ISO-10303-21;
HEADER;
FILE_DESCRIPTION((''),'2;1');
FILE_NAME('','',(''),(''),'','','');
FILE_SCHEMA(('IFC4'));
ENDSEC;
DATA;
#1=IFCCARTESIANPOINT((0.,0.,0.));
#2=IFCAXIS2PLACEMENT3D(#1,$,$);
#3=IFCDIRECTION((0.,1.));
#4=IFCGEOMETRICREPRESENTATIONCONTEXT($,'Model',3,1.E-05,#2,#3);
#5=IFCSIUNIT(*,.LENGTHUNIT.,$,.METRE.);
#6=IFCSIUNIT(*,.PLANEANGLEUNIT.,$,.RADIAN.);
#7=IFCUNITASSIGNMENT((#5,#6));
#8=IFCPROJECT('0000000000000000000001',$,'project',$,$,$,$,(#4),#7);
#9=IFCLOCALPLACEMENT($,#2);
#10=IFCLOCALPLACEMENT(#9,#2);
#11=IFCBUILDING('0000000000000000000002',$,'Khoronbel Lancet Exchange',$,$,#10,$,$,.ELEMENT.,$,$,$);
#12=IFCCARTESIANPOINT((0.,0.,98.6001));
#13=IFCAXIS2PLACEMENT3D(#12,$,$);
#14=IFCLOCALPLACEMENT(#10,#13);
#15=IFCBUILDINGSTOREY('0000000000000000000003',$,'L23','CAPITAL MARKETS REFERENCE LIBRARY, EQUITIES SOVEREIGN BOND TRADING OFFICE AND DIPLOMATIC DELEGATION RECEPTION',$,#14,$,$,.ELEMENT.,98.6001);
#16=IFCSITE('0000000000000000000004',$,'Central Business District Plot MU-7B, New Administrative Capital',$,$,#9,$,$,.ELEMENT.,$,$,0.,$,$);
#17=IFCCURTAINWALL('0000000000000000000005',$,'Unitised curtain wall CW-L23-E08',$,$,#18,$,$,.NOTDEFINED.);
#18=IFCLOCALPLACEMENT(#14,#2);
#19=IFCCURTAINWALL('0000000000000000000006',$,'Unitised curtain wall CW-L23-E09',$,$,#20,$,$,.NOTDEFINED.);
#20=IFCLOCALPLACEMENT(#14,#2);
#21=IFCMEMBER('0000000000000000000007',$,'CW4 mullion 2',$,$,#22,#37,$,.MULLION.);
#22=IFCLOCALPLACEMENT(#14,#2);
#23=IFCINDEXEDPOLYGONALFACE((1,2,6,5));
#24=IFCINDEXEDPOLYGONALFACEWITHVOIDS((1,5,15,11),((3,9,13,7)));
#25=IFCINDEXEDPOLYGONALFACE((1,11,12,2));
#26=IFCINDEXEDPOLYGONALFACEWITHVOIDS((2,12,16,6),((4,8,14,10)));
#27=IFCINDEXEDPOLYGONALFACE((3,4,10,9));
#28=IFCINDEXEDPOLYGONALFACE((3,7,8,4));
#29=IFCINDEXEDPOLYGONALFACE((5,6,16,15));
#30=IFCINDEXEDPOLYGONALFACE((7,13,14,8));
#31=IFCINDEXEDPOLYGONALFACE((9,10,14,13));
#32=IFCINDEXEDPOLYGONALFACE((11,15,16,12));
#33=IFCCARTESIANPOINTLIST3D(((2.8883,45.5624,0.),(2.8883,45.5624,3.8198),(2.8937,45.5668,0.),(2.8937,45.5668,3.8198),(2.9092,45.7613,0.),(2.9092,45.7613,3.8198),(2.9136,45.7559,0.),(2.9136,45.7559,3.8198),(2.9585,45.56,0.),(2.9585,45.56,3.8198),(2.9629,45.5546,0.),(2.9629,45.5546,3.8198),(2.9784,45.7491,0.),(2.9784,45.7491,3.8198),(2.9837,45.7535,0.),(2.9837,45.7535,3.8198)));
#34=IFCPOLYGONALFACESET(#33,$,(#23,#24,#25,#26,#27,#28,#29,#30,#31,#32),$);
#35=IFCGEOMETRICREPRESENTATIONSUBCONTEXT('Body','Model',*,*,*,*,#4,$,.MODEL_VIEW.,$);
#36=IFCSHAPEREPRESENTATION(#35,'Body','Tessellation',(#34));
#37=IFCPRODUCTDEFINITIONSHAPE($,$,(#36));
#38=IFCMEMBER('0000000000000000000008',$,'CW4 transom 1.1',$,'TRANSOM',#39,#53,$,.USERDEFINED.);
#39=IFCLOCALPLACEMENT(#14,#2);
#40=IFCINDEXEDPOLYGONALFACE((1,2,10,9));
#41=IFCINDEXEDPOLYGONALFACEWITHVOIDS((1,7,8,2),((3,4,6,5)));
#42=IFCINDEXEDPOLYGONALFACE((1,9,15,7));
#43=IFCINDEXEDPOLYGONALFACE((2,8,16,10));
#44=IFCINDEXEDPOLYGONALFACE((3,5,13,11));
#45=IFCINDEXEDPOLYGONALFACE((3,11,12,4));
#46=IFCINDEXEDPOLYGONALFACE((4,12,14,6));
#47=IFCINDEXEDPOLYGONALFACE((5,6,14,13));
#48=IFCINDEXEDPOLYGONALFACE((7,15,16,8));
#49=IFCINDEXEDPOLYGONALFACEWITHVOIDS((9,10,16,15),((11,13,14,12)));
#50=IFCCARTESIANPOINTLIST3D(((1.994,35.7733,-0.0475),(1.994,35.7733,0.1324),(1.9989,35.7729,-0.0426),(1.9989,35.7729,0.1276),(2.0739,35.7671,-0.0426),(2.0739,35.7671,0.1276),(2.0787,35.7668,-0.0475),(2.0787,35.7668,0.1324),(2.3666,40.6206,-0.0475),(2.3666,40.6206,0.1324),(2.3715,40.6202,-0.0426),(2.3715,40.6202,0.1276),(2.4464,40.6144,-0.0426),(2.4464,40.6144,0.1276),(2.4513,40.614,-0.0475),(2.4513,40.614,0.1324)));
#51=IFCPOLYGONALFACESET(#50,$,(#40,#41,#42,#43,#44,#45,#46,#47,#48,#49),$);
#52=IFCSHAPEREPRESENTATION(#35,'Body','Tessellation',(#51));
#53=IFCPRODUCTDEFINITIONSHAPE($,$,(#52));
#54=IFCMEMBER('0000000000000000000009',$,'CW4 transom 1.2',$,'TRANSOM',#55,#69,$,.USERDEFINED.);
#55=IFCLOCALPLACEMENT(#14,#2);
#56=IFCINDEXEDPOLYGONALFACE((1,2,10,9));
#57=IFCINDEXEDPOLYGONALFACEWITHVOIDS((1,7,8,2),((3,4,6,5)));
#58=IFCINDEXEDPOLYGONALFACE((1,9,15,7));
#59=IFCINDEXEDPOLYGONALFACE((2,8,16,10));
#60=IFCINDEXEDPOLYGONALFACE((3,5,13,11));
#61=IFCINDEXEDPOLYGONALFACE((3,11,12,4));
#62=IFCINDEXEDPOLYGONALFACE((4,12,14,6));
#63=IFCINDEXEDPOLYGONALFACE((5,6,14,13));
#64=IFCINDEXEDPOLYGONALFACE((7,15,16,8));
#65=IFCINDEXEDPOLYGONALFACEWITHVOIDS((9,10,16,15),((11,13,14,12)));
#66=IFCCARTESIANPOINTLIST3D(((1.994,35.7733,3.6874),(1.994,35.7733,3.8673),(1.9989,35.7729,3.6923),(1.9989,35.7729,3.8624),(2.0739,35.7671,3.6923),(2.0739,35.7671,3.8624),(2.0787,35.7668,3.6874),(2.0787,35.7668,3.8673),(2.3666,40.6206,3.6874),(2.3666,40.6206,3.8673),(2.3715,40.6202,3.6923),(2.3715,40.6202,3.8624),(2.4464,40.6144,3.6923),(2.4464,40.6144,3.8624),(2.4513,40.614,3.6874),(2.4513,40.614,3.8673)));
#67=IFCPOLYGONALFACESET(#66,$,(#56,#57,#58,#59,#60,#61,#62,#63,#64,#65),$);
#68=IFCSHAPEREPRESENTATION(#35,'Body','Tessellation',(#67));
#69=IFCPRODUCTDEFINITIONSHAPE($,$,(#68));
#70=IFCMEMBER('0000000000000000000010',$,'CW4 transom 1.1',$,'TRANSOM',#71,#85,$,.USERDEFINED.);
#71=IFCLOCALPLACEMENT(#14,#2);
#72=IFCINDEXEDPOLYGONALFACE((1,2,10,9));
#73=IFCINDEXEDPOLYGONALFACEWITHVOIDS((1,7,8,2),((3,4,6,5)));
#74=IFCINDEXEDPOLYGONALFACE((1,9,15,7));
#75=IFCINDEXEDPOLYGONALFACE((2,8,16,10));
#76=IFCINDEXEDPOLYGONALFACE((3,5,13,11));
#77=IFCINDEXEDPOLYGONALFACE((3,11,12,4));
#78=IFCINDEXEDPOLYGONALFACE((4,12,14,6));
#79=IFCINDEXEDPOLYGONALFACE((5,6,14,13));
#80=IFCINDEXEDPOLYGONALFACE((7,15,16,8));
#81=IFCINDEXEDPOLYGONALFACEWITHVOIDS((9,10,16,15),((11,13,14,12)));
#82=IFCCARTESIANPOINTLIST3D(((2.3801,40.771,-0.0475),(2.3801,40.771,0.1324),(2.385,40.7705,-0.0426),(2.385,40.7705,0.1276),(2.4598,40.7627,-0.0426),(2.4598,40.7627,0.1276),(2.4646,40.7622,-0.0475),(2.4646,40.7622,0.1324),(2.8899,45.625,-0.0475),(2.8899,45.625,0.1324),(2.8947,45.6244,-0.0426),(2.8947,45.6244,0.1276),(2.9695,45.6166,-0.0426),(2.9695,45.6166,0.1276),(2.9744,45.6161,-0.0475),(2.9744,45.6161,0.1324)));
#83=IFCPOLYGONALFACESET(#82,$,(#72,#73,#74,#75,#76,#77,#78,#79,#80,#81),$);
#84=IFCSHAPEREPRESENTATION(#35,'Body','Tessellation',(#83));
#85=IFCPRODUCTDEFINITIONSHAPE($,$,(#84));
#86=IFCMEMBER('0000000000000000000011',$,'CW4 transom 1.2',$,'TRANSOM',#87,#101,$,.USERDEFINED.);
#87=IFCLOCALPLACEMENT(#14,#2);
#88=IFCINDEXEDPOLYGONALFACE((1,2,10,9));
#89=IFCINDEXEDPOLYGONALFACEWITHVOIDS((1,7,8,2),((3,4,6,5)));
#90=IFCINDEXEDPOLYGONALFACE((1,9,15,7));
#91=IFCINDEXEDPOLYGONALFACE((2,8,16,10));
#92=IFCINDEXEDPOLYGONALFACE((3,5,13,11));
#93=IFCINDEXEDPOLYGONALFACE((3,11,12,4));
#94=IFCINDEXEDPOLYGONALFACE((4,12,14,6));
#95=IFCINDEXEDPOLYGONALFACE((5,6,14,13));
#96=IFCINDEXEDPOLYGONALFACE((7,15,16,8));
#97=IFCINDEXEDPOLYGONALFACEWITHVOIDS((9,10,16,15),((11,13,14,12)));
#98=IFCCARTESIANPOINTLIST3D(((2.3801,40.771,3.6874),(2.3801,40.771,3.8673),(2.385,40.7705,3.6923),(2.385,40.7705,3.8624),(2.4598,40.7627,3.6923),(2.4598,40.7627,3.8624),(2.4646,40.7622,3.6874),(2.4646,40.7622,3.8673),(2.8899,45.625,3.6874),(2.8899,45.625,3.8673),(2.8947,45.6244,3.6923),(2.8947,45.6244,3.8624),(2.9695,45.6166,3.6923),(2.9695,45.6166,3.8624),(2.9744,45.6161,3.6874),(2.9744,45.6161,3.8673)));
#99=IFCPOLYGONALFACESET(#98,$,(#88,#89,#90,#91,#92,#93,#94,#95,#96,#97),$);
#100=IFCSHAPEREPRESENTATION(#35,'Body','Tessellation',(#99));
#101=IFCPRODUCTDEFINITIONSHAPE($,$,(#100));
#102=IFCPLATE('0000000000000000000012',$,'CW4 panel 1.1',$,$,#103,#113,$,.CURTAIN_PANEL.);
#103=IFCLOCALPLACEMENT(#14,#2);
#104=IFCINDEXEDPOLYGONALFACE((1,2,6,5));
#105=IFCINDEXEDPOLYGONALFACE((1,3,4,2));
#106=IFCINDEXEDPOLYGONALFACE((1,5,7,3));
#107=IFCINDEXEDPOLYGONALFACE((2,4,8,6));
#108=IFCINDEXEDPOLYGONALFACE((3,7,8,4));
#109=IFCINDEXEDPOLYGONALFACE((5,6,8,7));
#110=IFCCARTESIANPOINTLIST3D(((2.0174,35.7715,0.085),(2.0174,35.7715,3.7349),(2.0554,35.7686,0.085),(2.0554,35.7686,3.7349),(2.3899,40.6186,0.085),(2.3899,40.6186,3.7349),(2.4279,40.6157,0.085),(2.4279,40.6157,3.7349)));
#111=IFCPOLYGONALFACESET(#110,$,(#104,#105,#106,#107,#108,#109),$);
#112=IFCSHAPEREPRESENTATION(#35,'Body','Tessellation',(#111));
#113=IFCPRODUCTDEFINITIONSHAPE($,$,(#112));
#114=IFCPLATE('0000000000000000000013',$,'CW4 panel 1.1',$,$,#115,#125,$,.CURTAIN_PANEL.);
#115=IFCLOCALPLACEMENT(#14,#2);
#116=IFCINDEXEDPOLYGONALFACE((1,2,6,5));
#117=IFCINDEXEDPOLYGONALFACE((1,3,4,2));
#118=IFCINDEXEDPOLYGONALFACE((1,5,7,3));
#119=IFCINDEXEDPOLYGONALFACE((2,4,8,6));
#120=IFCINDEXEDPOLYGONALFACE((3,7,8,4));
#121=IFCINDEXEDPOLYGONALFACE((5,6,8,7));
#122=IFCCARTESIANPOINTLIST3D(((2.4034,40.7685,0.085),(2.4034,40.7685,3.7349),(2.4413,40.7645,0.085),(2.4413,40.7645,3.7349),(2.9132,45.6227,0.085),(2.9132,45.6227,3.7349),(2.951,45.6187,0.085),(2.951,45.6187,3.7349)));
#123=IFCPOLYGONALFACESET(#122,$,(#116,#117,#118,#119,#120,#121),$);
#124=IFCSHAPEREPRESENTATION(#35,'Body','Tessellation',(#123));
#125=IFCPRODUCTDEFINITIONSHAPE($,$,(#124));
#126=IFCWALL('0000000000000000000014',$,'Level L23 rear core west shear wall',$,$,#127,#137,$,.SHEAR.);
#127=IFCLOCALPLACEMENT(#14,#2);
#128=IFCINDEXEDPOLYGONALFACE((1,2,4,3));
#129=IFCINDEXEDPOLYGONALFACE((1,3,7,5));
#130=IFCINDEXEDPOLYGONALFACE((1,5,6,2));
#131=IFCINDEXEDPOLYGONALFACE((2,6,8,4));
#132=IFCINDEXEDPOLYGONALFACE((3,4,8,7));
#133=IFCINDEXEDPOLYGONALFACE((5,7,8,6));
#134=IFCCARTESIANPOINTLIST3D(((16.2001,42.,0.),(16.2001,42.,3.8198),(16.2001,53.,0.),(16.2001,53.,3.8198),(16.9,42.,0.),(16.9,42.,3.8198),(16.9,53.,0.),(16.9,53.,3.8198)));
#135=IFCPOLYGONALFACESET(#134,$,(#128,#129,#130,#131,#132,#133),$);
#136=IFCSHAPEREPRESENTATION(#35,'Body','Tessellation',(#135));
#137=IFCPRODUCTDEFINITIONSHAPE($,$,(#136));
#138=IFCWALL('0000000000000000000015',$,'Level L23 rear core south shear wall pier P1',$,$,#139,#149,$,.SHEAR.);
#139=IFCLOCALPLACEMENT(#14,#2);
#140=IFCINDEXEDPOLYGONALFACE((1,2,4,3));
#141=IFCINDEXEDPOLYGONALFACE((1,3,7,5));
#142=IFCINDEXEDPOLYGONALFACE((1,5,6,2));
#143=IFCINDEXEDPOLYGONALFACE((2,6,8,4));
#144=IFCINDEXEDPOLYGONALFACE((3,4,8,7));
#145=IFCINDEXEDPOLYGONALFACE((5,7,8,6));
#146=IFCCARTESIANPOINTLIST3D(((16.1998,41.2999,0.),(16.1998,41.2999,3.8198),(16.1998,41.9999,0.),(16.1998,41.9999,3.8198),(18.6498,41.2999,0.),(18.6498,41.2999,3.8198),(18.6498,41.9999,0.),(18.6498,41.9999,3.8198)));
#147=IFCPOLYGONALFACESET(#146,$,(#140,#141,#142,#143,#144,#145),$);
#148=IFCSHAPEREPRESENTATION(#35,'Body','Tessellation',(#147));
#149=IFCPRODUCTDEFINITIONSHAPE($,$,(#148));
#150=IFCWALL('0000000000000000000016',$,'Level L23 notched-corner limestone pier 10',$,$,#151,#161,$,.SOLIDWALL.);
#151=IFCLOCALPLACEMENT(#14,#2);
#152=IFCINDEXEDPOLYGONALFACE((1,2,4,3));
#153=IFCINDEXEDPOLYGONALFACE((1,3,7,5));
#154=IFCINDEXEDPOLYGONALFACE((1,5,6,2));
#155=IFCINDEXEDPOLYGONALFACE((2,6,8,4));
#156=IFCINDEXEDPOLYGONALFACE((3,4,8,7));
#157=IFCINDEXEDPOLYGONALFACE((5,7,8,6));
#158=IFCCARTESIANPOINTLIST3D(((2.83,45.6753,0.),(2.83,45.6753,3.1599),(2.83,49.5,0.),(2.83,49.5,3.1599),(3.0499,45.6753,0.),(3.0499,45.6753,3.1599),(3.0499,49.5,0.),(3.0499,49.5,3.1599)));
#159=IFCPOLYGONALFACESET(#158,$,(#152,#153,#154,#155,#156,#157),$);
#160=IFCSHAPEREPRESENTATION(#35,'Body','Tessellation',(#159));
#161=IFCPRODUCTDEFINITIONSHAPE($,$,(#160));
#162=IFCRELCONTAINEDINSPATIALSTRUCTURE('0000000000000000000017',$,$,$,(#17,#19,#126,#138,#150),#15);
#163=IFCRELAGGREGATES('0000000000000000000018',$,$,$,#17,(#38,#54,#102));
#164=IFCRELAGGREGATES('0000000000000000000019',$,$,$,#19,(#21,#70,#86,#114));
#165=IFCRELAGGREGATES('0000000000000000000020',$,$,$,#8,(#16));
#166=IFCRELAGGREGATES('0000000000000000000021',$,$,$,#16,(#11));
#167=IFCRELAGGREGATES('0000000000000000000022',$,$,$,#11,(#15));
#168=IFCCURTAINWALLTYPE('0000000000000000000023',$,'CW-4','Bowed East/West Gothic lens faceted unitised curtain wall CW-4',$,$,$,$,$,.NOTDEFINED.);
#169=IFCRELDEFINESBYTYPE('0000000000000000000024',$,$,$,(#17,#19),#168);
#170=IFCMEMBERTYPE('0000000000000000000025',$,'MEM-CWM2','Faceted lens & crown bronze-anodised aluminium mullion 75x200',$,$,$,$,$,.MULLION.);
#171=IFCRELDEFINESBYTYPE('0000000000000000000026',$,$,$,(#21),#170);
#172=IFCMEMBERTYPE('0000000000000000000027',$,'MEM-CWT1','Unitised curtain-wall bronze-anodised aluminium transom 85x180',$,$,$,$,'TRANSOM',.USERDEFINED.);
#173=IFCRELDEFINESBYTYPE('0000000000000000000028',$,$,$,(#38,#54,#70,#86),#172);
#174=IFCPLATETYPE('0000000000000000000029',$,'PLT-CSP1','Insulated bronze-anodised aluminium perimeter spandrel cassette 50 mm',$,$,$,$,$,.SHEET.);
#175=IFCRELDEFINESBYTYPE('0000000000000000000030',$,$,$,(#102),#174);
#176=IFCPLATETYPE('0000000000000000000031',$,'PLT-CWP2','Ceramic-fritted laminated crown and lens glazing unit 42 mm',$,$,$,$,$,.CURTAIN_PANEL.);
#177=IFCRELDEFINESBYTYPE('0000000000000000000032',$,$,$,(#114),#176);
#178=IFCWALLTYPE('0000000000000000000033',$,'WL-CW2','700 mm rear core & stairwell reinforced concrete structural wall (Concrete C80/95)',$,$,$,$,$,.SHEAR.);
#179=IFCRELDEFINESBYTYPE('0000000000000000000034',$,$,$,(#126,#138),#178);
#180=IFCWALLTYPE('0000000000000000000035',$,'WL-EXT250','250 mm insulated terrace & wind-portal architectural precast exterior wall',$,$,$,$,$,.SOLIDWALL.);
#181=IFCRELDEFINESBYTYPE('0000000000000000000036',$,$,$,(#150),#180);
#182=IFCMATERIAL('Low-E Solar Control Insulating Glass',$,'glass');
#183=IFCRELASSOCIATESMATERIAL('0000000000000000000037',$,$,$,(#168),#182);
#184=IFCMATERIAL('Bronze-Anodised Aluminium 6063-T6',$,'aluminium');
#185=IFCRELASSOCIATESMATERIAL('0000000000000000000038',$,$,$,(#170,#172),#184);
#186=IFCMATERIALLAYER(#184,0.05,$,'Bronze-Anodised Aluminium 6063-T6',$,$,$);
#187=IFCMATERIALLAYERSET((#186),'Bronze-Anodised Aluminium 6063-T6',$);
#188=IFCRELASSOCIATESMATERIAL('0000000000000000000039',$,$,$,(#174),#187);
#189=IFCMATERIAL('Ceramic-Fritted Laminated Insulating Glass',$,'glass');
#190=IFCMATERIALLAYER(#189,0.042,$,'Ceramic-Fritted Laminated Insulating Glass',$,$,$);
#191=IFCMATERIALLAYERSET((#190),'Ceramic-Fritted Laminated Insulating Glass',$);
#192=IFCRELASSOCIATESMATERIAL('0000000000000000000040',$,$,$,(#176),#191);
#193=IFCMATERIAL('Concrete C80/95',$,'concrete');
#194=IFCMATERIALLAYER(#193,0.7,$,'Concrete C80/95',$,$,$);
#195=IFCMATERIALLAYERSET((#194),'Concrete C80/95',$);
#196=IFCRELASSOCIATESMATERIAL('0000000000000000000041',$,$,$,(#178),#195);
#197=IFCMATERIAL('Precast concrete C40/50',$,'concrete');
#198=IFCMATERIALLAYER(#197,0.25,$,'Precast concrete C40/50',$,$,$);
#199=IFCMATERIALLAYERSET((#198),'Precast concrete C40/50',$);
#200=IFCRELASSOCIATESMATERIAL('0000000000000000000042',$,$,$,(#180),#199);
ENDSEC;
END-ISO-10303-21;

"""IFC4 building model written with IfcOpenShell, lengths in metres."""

from ifc_helpers import new_model, si_unit, direction, frame, frame_2d, origin, origin_2d, place, context, subcontext, project, spatial, rectangle, hollow_rectangle, extrude, material, layer, layer_set, material_profile, profile_set, type_object, element, aggregate, save


model = new_model("IFC4")

# Units and contexts
model_context = context("Model", 3, precision=1e-05, world=origin(), true_north=direction((0.0, 1.0)))
body_context = subcontext(model_context, "Body", "Model", "MODEL_VIEW")
ifc_project = project(units=[si_unit("LENGTHUNIT", "METRE"), si_unit("PLANEANGLEUNIT", "RADIAN")], contexts=[model_context])

# Site, building, storey
site_placement = place(None, origin())
site = spatial("IfcSite", under=ifc_project, at=site_placement, Name="Central Business District Plot MU-7B, New Administrative Capital", CompositionType="ELEMENT", RefElevation=0.0)
building_placement = place(site_placement, origin())
building = spatial("IfcBuilding", under=site, at=building_placement, Name="Khoronbel Lancet Exchange", CompositionType="ELEMENT")
storey_placement = place(building_placement, frame((0.0, 0.0, 98.6001)))
storey = spatial("IfcBuildingStorey", under=building, at=storey_placement, Name="L23", Description="CAPITAL MARKETS REFERENCE LIBRARY, EQUITIES SOVEREIGN BOND TRADING OFFICE AND DIPLOMATIC DELEGATION RECEPTION", CompositionType="ELEMENT", Elevation=98.6001)

# Shared definitions
ifc_material_1 = material(Name="Concrete C80/95", Category="concrete")

# Curtain walls, member
ifc_material_2 = material(Name="Low-E Solar Control Insulating Glass", Category="glass")
curtain_wall_type = type_object("IfcCurtainWallType", Name="CW-4", Description="Bowed East/West Gothic lens faceted unitised curtain wall CW-4", PredefinedType="NOTDEFINED", material=ifc_material_2)
curtain_wall_1_placement = place(storey_placement, origin())
curtain_wall_1 = element("IfcCurtainWall", 1, at=curtain_wall_1_placement, inside=storey, type_object=curtain_wall_type, Name="Unitised curtain wall CW-L23-E08", PredefinedType="NOTDEFINED")
ifc_material_3 = material(Name="Bronze-Anodised Aluminium 6063-T6", Category="aluminium")
ifc_material_profile_1 = material_profile(ifc_material_3, hollow_rectangle(XDim=0.075, YDim=0.2, WallThickness=0.0049, at=origin_2d()), Name="ALU MULLION 75x200")
ifc_profile_set_1 = profile_set([ifc_material_profile_1], Name="Bronze-Anodised Aluminium 6063-T6")
member_type_1 = type_object("IfcMemberType", Name="MEM-CWM2", Description="Faceted lens & crown bronze-anodised aluminium mullion 75x200", PredefinedType="MULLION", material=ifc_profile_set_1)
curtain_wall_2_placement = place(storey_placement, origin())
curtain_wall_2 = element("IfcCurtainWall", 2, at=curtain_wall_2_placement, inside=storey, type_object=curtain_wall_type, Name="Unitised curtain wall CW-L23-E09", PredefinedType="NOTDEFINED")
member_1_placement = place(storey_placement, frame((2.936, 45.658, 0.0), z_axis=(0.0, 0.0, 1.0), x_axis=(-0.994532, 0.104434, 0.0)))
member_1 = element("IfcMember", 3, at=member_1_placement, type_object=member_type_1, Name="CW4 mullion 2", PredefinedType="MULLION", context=body_context, shape_type="SweptSolid", body=[
    extrude(hollow_rectangle(XDim=0.075, YDim=0.2, WallThickness=0.0049, at=origin_2d()), origin(), (0.0, 0.0, 1.0), 3.8198),
])

# Members
ifc_material_profile_2 = material_profile(ifc_material_3, hollow_rectangle(XDim=0.085, YDim=0.1799, WallThickness=0.0049, at=origin_2d()), Name="ALU TRANSOM 85x180")
ifc_profile_set_2 = profile_set([ifc_material_profile_2], Name="Bronze-Anodised Aluminium 6063-T6")
member_type_2 = type_object("IfcMemberType", Name="MEM-CWT1", Description="Unitised curtain-wall bronze-anodised aluminium transom 85x180", ElementType="TRANSOM", PredefinedType="USERDEFINED", material=ifc_profile_set_2)
member_2_placement = place(storey_placement, frame((2.0364, 35.77, 0.0425), z_axis=(0.076635, 0.997059, 0.0), x_axis=(-0.997059, 0.076635, 0.0)))
member_2 = element("IfcMember", 4, at=member_2_placement, type_object=member_type_2, Name="CW4 transom 1.1", ObjectType="TRANSOM", PredefinedType="USERDEFINED", context=body_context, shape_type="SweptSolid", body=[
    extrude(hollow_rectangle(XDim=0.085, YDim=0.1799, WallThickness=0.0049, at=origin_2d()), origin(), (0.0, 0.0, 1.0), 4.8616),
])
member_3_placement = place(storey_placement, frame((2.0364, 35.77, 3.7773), z_axis=(0.076635, 0.997059, 0.0), x_axis=(-0.997059, 0.076635, 0.0)))
member_3 = element("IfcMember", 5, at=member_3_placement, type_object=member_type_2, Name="CW4 transom 1.2", ObjectType="TRANSOM", PredefinedType="USERDEFINED", context=body_context, shape_type="SweptSolid", body=[
    extrude(hollow_rectangle(XDim=0.085, YDim=0.1799, WallThickness=0.0049, at=origin_2d()), origin(), (0.0, 0.0, 1.0), 4.8616),
])
member_4_placement = place(storey_placement, frame((2.4224, 40.7666, 0.0425), z_axis=(0.104445, 0.994531, 0.0), x_axis=(-0.994531, 0.104445, 0.0)))
member_4 = element("IfcMember", 6, at=member_4_placement, type_object=member_type_2, Name="CW4 transom 1.1", ObjectType="TRANSOM", PredefinedType="USERDEFINED", context=body_context, shape_type="SweptSolid", body=[
    extrude(hollow_rectangle(XDim=0.085, YDim=0.1799, WallThickness=0.0049, at=origin_2d()), origin(), (0.0, 0.0, 1.0), 4.8806),
])
member_5_placement = place(storey_placement, frame((2.4224, 40.7666, 3.7773), z_axis=(0.104445, 0.994531, 0.0), x_axis=(-0.994531, 0.104445, 0.0)))
member_5 = element("IfcMember", 7, at=member_5_placement, type_object=member_type_2, Name="CW4 transom 1.2", ObjectType="TRANSOM", PredefinedType="USERDEFINED", context=body_context, shape_type="SweptSolid", body=[
    extrude(hollow_rectangle(XDim=0.085, YDim=0.1799, WallThickness=0.0049, at=origin_2d()), origin(), (0.0, 0.0, 1.0), 4.8806),
])

# Plates
ifc_layer_1 = layer(ifc_material_3, 0.05, Name="Bronze-Anodised Aluminium 6063-T6")
ifc_layer_set_1 = layer_set([ifc_layer_1], Name="Bronze-Anodised Aluminium 6063-T6")
plate_type_1 = type_object("IfcPlateType", Name="PLT-CSP1", Description="Insulated bronze-anodised aluminium perimeter spandrel cassette 50 mm", PredefinedType="SHEET", material=ifc_layer_set_1)
plate_1_placement = place(storey_placement, frame((2.2227, 38.1936, 0.085), z_axis=(0.0, 0.0, 1.0), x_axis=(0.076626, 0.99706, 0.0)))
plate_1 = element("IfcPlate", 8, at=plate_1_placement, type_object=plate_type_1, Name="CW4 panel 1.1", PredefinedType="CURTAIN_PANEL", context=body_context, shape_type="SweptSolid", body=[
    extrude(rectangle(XDim=4.8613, YDim=0.0381, at=origin_2d()), origin(), (0.0, 0.0, 1.0), 3.6499),
])
aggregate(curtain_wall_1, [member_2, member_3, plate_1])
ifc_material_4 = material(Name="Ceramic-Fritted Laminated Insulating Glass", Category="glass")
ifc_layer_2 = layer(ifc_material_4, 0.042, Name="Ceramic-Fritted Laminated Insulating Glass")
ifc_layer_set_2 = layer_set([ifc_layer_2], Name="Ceramic-Fritted Laminated Insulating Glass")
plate_type_2 = type_object("IfcPlateType", Name="PLT-CWP2", Description="Ceramic-fritted laminated crown and lens glazing unit 42 mm", PredefinedType="CURTAIN_PANEL", material=ifc_layer_set_2)
plate_2_placement = place(storey_placement, frame((2.6772, 43.1936, 0.085), z_axis=(0.0, 0.0, 1.0), x_axis=(0.104434, 0.994532, 0.0)))
plate_2 = element("IfcPlate", 9, at=plate_2_placement, type_object=plate_type_2, Name="CW4 panel 1.1", PredefinedType="CURTAIN_PANEL", context=body_context, shape_type="SweptSolid", body=[
    extrude(rectangle(XDim=4.8809, YDim=0.0381, at=origin_2d()), origin(), (0.0, 0.0, 1.0), 3.6499),
])
aggregate(curtain_wall_2, [member_1, member_4, member_5, plate_2])

# Walls
ifc_layer_3 = layer(ifc_material_1, 0.7, Name="Concrete C80/95")
ifc_layer_set_3 = layer_set([ifc_layer_3], Name="Concrete C80/95")
wall_type_1 = type_object("IfcWallType", Name="WL-CW2", Description="700 mm rear core & stairwell reinforced concrete structural wall (Concrete C80/95)", PredefinedType="SHEAR", material=ifc_layer_set_3)
wall_1_placement = place(storey_placement, frame((16.55, 42.0, 0.0), z_axis=(0.0, 0.0, 1.0), x_axis=(0.0, 1.0, 0.0)))
element("IfcWall", 10, at=wall_1_placement, inside=storey, type_object=wall_type_1, Name="Level L23 rear core west shear wall", PredefinedType="SHEAR", context=body_context, shape_type="SweptSolid", body=[
    extrude(rectangle(XDim=11.0, YDim=0.7, at=frame_2d((5.5, 0.0))), origin(), (0.0, 0.0, 1.0), 3.8198),
])
wall_2_placement = place(storey_placement, frame((18.6499, 41.6499, 0.0), z_axis=(0.0, 0.0, 1.0), x_axis=(-1.0, 0.0, 0.0)))
element("IfcWall", 11, at=wall_2_placement, inside=storey, type_object=wall_type_1, Name="Level L23 rear core south shear wall pier P1", PredefinedType="SHEAR", context=body_context, shape_type="SweptSolid", body=[
    extrude(rectangle(XDim=2.45, YDim=0.7, at=frame_2d((1.2251, 0.0))), origin(), (0.0, 0.0, 1.0), 3.8198),
])
ifc_material_5 = material(Name="Precast concrete C40/50", Category="concrete")
ifc_layer_4 = layer(ifc_material_5, 0.25, Name="Precast concrete C40/50")
ifc_layer_set_4 = layer_set([ifc_layer_4], Name="Precast concrete C40/50")
wall_type_2 = type_object("IfcWallType", Name="WL-EXT250", Description="250 mm insulated terrace & wind-portal architectural precast exterior wall", PredefinedType="SOLIDWALL", material=ifc_layer_set_4)
wall_3_placement = place(storey_placement, frame((2.9399, 45.6753, 0.0), z_axis=(0.0, 0.0, 1.0), x_axis=(0.0, 1.0, 0.0)))
element("IfcWall", 12, at=wall_3_placement, inside=storey, type_object=wall_type_2, Name="Level L23 notched-corner limestone pier 10", PredefinedType="SOLIDWALL", context=body_context, shape_type="SweptSolid", body=[
    extrude(rectangle(XDim=3.8247, YDim=0.22, at=frame_2d((1.9124, 0.0))), origin(), (0.0, 0.0, 1.0), 3.1599),
])

save(model, "model.ifc")
